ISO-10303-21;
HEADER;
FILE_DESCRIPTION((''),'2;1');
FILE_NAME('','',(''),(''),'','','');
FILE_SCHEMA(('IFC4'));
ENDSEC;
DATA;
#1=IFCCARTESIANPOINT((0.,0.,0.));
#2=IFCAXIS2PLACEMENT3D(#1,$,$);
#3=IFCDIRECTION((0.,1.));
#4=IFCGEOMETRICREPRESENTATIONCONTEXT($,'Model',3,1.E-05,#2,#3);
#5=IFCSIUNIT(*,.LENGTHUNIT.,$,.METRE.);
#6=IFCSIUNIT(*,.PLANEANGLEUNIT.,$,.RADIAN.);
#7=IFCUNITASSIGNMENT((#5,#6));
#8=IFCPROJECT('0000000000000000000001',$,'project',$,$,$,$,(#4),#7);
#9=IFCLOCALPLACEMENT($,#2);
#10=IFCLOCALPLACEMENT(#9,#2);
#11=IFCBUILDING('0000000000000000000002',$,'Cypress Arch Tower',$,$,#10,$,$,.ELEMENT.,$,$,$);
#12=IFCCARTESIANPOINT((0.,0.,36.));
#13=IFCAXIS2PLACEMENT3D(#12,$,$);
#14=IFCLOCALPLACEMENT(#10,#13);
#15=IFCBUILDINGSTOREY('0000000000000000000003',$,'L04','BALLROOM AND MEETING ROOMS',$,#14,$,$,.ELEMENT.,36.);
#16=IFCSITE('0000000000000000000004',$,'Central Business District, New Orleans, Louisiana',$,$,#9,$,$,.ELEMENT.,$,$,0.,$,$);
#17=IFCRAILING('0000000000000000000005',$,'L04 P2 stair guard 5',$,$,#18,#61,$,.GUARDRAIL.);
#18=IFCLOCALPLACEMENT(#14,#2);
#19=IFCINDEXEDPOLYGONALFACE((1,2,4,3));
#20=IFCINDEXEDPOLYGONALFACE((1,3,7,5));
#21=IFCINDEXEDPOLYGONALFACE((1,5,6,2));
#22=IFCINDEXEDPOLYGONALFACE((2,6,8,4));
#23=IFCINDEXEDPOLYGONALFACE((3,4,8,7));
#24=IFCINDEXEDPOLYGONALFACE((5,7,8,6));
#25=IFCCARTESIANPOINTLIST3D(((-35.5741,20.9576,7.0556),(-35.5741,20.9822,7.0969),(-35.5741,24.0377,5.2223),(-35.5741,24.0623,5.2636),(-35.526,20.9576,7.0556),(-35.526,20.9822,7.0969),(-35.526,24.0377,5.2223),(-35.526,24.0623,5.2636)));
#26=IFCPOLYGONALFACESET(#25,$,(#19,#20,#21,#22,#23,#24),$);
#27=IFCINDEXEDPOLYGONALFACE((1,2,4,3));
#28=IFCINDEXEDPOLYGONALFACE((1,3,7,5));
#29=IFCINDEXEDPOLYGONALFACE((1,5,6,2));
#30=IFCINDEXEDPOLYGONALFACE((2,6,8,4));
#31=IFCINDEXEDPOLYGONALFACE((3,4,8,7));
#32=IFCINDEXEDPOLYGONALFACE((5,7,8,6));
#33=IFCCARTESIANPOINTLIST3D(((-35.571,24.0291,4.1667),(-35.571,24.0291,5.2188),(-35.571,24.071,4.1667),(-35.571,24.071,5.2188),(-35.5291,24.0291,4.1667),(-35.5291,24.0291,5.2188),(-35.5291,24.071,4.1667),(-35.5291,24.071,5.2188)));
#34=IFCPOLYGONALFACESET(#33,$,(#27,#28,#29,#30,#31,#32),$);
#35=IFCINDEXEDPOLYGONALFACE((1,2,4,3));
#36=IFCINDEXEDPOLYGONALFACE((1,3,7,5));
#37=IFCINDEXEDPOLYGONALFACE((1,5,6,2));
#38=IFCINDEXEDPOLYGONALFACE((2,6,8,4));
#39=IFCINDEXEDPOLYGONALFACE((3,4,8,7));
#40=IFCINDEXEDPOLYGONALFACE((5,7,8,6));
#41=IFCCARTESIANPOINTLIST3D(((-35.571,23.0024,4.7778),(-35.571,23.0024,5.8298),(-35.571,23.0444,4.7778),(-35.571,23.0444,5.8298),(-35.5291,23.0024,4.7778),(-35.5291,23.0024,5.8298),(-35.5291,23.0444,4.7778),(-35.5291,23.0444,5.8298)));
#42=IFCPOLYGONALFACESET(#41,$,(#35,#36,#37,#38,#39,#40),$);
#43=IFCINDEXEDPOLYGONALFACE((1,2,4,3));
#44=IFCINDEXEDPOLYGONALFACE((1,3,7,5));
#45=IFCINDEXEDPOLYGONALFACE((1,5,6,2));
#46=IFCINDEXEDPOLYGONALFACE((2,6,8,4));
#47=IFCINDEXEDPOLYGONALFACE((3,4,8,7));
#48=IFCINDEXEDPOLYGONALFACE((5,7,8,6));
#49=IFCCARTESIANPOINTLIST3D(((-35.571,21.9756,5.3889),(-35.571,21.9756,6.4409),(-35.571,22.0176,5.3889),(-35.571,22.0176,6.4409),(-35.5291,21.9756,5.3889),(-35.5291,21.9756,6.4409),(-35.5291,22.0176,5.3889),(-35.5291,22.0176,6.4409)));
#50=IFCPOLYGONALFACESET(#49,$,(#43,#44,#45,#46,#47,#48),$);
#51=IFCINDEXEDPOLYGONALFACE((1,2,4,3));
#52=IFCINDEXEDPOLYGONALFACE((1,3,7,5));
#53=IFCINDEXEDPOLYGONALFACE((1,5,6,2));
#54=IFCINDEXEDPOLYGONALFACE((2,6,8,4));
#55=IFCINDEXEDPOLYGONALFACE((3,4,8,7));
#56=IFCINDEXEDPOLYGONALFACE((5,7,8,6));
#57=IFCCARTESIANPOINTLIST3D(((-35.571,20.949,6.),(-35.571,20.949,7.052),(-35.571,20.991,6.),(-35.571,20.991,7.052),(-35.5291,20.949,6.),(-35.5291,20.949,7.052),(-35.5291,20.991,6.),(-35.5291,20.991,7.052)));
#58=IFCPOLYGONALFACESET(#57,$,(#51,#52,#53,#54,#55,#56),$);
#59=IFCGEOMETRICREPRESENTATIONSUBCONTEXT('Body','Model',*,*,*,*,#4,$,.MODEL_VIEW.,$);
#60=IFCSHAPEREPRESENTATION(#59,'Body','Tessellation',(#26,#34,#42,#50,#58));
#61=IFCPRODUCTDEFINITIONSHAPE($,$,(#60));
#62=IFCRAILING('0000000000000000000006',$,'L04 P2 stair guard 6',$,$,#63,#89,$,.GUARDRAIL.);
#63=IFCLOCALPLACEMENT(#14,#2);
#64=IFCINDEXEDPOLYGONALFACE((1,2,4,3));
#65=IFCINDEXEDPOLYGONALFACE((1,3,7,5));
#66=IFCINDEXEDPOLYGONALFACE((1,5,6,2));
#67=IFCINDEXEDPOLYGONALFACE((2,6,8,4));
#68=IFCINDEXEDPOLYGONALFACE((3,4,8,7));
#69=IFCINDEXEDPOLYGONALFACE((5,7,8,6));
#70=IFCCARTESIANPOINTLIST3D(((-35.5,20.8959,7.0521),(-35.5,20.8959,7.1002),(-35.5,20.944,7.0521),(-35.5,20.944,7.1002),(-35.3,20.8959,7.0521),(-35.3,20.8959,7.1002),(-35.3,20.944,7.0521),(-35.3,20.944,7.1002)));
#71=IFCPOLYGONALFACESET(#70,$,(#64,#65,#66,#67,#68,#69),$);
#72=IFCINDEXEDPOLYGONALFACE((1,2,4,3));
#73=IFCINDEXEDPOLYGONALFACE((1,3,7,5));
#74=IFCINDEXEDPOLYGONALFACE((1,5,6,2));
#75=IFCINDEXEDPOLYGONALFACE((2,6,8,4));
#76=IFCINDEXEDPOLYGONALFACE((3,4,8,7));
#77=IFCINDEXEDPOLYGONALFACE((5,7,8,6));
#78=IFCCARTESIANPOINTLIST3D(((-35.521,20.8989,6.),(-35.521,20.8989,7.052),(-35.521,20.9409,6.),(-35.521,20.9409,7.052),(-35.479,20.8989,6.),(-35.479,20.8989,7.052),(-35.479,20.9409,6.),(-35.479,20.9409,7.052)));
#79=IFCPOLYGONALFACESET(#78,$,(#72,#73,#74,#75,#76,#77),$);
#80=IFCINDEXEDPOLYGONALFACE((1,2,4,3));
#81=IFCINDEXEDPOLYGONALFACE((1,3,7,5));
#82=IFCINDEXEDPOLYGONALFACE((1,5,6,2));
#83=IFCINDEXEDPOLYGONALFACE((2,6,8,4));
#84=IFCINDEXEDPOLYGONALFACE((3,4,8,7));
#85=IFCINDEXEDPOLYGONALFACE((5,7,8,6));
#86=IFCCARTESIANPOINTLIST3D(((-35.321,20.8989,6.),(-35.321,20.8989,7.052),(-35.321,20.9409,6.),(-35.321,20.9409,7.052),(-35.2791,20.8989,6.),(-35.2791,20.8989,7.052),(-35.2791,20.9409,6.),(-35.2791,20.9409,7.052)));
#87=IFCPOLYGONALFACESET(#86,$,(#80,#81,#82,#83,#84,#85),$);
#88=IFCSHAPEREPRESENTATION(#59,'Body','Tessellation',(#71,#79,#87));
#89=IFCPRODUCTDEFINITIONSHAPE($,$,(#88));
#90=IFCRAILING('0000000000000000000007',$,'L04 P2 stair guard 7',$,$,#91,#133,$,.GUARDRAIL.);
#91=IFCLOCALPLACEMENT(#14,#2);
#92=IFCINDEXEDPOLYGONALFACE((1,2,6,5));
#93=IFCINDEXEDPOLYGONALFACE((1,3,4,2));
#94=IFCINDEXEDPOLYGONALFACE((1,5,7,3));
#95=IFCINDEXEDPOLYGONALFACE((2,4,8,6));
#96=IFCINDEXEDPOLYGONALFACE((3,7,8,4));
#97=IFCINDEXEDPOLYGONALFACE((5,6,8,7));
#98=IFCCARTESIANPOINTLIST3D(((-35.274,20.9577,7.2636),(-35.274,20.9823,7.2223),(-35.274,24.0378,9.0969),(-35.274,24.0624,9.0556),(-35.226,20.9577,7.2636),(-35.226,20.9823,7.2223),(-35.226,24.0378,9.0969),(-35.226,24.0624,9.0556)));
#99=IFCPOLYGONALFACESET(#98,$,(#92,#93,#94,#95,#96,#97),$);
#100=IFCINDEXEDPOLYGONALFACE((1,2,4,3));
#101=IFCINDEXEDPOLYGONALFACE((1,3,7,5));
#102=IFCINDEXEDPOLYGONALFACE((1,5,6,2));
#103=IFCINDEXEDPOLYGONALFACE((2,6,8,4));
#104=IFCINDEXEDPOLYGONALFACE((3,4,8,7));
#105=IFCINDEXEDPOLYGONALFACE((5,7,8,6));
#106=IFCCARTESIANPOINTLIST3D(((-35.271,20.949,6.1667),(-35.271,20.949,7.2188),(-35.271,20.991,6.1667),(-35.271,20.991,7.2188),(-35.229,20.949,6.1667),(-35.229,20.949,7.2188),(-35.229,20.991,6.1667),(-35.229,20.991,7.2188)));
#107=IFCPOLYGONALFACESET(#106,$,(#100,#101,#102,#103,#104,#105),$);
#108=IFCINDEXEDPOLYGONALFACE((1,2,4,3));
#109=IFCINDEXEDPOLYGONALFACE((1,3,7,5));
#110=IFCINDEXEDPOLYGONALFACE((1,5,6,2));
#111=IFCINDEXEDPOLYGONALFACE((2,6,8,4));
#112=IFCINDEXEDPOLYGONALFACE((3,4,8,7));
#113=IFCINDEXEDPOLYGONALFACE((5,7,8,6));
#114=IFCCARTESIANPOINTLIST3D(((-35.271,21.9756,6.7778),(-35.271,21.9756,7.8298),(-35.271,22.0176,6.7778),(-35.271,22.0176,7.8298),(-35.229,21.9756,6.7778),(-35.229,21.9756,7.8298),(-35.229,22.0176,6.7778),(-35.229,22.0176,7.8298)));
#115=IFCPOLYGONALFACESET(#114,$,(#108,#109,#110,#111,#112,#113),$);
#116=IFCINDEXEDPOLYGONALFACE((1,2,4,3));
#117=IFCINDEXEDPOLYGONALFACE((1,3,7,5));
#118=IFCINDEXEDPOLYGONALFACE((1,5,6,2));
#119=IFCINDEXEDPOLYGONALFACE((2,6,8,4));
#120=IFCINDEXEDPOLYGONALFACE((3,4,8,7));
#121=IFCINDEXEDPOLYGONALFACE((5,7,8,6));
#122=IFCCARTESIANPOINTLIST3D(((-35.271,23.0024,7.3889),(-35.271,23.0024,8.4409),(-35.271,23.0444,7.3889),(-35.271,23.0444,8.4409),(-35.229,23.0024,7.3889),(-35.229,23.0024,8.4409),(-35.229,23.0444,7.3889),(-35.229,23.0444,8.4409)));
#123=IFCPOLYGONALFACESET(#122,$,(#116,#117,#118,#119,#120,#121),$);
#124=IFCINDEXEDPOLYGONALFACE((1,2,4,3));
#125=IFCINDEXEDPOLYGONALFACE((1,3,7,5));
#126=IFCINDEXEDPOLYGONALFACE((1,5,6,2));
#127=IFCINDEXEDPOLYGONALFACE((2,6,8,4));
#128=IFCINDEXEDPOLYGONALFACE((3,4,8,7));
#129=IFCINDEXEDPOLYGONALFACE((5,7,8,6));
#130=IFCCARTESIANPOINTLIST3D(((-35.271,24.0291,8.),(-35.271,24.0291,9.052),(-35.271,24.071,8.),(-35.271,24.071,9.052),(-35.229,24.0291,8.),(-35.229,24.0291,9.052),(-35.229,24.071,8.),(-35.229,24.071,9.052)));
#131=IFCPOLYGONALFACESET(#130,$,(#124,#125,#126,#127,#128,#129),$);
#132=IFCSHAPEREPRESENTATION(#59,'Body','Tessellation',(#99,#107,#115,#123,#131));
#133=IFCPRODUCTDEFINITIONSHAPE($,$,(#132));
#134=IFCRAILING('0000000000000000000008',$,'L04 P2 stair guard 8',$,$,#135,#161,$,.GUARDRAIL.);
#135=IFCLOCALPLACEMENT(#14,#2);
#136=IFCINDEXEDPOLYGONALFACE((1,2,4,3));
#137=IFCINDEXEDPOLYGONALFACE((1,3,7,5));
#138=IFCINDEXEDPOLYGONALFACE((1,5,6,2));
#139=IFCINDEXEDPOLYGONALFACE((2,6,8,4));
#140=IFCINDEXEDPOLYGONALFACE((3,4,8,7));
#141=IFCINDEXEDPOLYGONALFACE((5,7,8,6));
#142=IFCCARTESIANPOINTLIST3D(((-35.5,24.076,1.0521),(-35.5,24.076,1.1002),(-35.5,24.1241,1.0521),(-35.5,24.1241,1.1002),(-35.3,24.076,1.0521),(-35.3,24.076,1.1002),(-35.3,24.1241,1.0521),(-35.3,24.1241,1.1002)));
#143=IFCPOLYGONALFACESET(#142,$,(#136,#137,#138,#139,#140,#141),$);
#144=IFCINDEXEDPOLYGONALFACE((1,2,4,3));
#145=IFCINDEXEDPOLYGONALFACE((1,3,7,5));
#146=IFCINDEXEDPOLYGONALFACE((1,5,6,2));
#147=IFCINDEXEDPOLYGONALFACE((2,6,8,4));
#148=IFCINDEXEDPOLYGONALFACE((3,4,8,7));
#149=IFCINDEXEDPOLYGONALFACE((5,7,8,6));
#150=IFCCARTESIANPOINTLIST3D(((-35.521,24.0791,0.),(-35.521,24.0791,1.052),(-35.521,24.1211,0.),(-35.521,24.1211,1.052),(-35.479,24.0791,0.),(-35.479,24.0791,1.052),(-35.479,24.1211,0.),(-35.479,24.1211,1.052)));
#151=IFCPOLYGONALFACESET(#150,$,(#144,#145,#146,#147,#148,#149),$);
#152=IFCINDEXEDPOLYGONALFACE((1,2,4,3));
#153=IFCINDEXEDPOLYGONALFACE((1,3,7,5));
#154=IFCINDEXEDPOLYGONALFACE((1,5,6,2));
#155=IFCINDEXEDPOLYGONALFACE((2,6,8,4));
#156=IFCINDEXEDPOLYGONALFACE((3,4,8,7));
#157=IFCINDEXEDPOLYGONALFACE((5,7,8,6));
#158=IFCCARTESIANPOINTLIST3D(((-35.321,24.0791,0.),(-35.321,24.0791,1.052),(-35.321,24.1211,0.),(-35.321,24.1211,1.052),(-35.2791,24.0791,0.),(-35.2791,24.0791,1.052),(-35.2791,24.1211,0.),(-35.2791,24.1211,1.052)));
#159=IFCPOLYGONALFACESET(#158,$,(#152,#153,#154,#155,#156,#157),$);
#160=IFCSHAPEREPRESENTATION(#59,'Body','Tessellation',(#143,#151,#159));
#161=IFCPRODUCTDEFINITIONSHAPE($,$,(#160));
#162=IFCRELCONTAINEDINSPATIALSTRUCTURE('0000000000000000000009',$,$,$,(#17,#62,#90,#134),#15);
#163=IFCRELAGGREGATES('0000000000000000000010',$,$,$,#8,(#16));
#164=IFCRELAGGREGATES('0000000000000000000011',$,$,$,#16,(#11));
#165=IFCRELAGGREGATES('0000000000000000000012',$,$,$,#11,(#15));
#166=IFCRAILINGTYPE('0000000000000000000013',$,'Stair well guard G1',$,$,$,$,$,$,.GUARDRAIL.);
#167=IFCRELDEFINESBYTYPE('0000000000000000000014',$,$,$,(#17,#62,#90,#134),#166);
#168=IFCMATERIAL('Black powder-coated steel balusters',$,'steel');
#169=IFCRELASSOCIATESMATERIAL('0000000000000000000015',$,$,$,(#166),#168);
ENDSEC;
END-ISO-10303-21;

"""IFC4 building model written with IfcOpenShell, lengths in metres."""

from ifc_helpers import new_model, si_unit, direction, frame, origin, origin_2d, place, context, subcontext, project, spatial, rectangle, extrude, material, type_object, element, save


model = new_model("IFC4")

# Units and contexts
model_context = context("Model", 3, precision=1e-05, world=origin(), true_north=direction((0.0, 1.0)))
body_context = subcontext(model_context, "Body", "Model", "MODEL_VIEW")
ifc_project = project(units=[si_unit("LENGTHUNIT", "METRE"), si_unit("PLANEANGLEUNIT", "RADIAN")], contexts=[model_context])

# Site, building, storey
site_placement = place(None, origin())
site = spatial("IfcSite", under=ifc_project, at=site_placement, Name="Central Business District, New Orleans, Louisiana", CompositionType="ELEMENT", RefElevation=0.0)
building_placement = place(site_placement, origin())
building = spatial("IfcBuilding", under=site, at=building_placement, Name="Cypress Arch Tower", CompositionType="ELEMENT")
storey_placement = place(building_placement, frame((0.0, 0.0, 36.0)))
storey = spatial("IfcBuildingStorey", under=building, at=storey_placement, Name="L04", Description="BALLROOM AND MEETING ROOMS", CompositionType="ELEMENT", Elevation=36.0)

# Railings
ifc_material_1 = material(Name="Black powder-coated steel balusters", Category="steel")
railing_type_1 = type_object("IfcRailingType", Name="Stair well guard G1", PredefinedType="GUARDRAIL", material=ifc_material_1)
railing_1_placement = place(storey_placement, frame((-35.55, 24.05, 4.1667)))
element("IfcRailing", 1, at=railing_1_placement, inside=storey, type_object=railing_type_1, Name="L04 P2 stair guard 5", PredefinedType="GUARDRAIL", context=body_context, shape_type="SweptSolid", body=[
    extrude(rectangle(XDim=0.0481, YDim=0.0481, at=origin_2d()), frame((0.0, 0.0, 1.0762), z_axis=(0.0, -0.859309, 0.511458), x_axis=(1.0, 0.0, 0.0)), (0.0, 0.0, 1.0), 3.5845),
    extrude(rectangle(XDim=0.042, YDim=0.042, at=origin_2d()), origin(), (0.0, 0.0, 1.0), 1.052),
    extrude(rectangle(XDim=0.042, YDim=0.042, at=origin_2d()), frame((0.0, -1.0266, 0.6111)), (0.0, 0.0, 1.0), 1.052),
    extrude(rectangle(XDim=0.042, YDim=0.042, at=origin_2d()), frame((0.0, -2.0535, 1.2222)), (0.0, 0.0, 1.0), 1.052),
    extrude(rectangle(XDim=0.042, YDim=0.042, at=origin_2d()), frame((0.0, -3.0801, 1.8333)), (0.0, 0.0, 1.0), 1.052),
])
railing_2_placement = place(storey_placement, frame((-35.5, 20.9199, 6.0)))
element("IfcRailing", 2, at=railing_2_placement, inside=storey, type_object=railing_type_1, Name="L04 P2 stair guard 6", PredefinedType="GUARDRAIL", context=body_context, shape_type="SweptSolid", body=[
    extrude(rectangle(XDim=0.0481, YDim=0.0481, at=origin_2d()), frame((0.0, 0.0, 1.0762), z_axis=(1.0, 0.0, 0.0), x_axis=(0.0, 1.0, 0.0)), (0.0, 0.0, 1.0), 0.2),
    extrude(rectangle(XDim=0.042, YDim=0.042, at=origin_2d()), origin(), (0.0, 0.0, 1.0), 1.052),
    extrude(rectangle(XDim=0.042, YDim=0.042, at=origin_2d()), frame((0.2, 0.0, 0.0)), (0.0, 0.0, 1.0), 1.052),
])
railing_3_placement = place(storey_placement, frame((-35.25, 20.97, 6.1667)))
element("IfcRailing", 3, at=railing_3_placement, inside=storey, type_object=railing_type_1, Name="L04 P2 stair guard 7", PredefinedType="GUARDRAIL", context=body_context, shape_type="SweptSolid", body=[
    extrude(rectangle(XDim=0.0481, YDim=0.0481, at=origin_2d()), frame((0.0, 0.0, 1.0762), z_axis=(0.0, 0.859309, 0.511458), x_axis=(-1.0, 0.0, 0.0)), (0.0, 0.0, 1.0), 3.5845),
    extrude(rectangle(XDim=0.042, YDim=0.042, at=origin_2d()), origin(), (0.0, 0.0, 1.0), 1.052),
    extrude(rectangle(XDim=0.042, YDim=0.042, at=origin_2d()), frame((0.0, 1.0266, 0.6111)), (0.0, 0.0, 1.0), 1.052),
    extrude(rectangle(XDim=0.042, YDim=0.042, at=origin_2d()), frame((0.0, 2.0535, 1.2222)), (0.0, 0.0, 1.0), 1.052),
    extrude(rectangle(XDim=0.042, YDim=0.042, at=origin_2d()), frame((0.0, 3.0801, 1.8333)), (0.0, 0.0, 1.0), 1.052),
])
railing_4_placement = place(storey_placement, frame((-35.5, 24.1001, 0.0)))
element("IfcRailing", 4, at=railing_4_placement, inside=storey, type_object=railing_type_1, Name="L04 P2 stair guard 8", PredefinedType="GUARDRAIL", context=body_context, shape_type="SweptSolid", body=[
    extrude(rectangle(XDim=0.0481, YDim=0.0481, at=origin_2d()), frame((0.0, 0.0, 1.0762), z_axis=(1.0, 0.0, 0.0), x_axis=(0.0, 1.0, 0.0)), (0.0, 0.0, 1.0), 0.2),
    extrude(rectangle(XDim=0.042, YDim=0.042, at=origin_2d()), origin(), (0.0, 0.0, 1.0), 1.052),
    extrude(rectangle(XDim=0.042, YDim=0.042, at=origin_2d()), frame((0.2, 0.0, 0.0)), (0.0, 0.0, 1.0), 1.052),
])

save(model, "model.ifc")
